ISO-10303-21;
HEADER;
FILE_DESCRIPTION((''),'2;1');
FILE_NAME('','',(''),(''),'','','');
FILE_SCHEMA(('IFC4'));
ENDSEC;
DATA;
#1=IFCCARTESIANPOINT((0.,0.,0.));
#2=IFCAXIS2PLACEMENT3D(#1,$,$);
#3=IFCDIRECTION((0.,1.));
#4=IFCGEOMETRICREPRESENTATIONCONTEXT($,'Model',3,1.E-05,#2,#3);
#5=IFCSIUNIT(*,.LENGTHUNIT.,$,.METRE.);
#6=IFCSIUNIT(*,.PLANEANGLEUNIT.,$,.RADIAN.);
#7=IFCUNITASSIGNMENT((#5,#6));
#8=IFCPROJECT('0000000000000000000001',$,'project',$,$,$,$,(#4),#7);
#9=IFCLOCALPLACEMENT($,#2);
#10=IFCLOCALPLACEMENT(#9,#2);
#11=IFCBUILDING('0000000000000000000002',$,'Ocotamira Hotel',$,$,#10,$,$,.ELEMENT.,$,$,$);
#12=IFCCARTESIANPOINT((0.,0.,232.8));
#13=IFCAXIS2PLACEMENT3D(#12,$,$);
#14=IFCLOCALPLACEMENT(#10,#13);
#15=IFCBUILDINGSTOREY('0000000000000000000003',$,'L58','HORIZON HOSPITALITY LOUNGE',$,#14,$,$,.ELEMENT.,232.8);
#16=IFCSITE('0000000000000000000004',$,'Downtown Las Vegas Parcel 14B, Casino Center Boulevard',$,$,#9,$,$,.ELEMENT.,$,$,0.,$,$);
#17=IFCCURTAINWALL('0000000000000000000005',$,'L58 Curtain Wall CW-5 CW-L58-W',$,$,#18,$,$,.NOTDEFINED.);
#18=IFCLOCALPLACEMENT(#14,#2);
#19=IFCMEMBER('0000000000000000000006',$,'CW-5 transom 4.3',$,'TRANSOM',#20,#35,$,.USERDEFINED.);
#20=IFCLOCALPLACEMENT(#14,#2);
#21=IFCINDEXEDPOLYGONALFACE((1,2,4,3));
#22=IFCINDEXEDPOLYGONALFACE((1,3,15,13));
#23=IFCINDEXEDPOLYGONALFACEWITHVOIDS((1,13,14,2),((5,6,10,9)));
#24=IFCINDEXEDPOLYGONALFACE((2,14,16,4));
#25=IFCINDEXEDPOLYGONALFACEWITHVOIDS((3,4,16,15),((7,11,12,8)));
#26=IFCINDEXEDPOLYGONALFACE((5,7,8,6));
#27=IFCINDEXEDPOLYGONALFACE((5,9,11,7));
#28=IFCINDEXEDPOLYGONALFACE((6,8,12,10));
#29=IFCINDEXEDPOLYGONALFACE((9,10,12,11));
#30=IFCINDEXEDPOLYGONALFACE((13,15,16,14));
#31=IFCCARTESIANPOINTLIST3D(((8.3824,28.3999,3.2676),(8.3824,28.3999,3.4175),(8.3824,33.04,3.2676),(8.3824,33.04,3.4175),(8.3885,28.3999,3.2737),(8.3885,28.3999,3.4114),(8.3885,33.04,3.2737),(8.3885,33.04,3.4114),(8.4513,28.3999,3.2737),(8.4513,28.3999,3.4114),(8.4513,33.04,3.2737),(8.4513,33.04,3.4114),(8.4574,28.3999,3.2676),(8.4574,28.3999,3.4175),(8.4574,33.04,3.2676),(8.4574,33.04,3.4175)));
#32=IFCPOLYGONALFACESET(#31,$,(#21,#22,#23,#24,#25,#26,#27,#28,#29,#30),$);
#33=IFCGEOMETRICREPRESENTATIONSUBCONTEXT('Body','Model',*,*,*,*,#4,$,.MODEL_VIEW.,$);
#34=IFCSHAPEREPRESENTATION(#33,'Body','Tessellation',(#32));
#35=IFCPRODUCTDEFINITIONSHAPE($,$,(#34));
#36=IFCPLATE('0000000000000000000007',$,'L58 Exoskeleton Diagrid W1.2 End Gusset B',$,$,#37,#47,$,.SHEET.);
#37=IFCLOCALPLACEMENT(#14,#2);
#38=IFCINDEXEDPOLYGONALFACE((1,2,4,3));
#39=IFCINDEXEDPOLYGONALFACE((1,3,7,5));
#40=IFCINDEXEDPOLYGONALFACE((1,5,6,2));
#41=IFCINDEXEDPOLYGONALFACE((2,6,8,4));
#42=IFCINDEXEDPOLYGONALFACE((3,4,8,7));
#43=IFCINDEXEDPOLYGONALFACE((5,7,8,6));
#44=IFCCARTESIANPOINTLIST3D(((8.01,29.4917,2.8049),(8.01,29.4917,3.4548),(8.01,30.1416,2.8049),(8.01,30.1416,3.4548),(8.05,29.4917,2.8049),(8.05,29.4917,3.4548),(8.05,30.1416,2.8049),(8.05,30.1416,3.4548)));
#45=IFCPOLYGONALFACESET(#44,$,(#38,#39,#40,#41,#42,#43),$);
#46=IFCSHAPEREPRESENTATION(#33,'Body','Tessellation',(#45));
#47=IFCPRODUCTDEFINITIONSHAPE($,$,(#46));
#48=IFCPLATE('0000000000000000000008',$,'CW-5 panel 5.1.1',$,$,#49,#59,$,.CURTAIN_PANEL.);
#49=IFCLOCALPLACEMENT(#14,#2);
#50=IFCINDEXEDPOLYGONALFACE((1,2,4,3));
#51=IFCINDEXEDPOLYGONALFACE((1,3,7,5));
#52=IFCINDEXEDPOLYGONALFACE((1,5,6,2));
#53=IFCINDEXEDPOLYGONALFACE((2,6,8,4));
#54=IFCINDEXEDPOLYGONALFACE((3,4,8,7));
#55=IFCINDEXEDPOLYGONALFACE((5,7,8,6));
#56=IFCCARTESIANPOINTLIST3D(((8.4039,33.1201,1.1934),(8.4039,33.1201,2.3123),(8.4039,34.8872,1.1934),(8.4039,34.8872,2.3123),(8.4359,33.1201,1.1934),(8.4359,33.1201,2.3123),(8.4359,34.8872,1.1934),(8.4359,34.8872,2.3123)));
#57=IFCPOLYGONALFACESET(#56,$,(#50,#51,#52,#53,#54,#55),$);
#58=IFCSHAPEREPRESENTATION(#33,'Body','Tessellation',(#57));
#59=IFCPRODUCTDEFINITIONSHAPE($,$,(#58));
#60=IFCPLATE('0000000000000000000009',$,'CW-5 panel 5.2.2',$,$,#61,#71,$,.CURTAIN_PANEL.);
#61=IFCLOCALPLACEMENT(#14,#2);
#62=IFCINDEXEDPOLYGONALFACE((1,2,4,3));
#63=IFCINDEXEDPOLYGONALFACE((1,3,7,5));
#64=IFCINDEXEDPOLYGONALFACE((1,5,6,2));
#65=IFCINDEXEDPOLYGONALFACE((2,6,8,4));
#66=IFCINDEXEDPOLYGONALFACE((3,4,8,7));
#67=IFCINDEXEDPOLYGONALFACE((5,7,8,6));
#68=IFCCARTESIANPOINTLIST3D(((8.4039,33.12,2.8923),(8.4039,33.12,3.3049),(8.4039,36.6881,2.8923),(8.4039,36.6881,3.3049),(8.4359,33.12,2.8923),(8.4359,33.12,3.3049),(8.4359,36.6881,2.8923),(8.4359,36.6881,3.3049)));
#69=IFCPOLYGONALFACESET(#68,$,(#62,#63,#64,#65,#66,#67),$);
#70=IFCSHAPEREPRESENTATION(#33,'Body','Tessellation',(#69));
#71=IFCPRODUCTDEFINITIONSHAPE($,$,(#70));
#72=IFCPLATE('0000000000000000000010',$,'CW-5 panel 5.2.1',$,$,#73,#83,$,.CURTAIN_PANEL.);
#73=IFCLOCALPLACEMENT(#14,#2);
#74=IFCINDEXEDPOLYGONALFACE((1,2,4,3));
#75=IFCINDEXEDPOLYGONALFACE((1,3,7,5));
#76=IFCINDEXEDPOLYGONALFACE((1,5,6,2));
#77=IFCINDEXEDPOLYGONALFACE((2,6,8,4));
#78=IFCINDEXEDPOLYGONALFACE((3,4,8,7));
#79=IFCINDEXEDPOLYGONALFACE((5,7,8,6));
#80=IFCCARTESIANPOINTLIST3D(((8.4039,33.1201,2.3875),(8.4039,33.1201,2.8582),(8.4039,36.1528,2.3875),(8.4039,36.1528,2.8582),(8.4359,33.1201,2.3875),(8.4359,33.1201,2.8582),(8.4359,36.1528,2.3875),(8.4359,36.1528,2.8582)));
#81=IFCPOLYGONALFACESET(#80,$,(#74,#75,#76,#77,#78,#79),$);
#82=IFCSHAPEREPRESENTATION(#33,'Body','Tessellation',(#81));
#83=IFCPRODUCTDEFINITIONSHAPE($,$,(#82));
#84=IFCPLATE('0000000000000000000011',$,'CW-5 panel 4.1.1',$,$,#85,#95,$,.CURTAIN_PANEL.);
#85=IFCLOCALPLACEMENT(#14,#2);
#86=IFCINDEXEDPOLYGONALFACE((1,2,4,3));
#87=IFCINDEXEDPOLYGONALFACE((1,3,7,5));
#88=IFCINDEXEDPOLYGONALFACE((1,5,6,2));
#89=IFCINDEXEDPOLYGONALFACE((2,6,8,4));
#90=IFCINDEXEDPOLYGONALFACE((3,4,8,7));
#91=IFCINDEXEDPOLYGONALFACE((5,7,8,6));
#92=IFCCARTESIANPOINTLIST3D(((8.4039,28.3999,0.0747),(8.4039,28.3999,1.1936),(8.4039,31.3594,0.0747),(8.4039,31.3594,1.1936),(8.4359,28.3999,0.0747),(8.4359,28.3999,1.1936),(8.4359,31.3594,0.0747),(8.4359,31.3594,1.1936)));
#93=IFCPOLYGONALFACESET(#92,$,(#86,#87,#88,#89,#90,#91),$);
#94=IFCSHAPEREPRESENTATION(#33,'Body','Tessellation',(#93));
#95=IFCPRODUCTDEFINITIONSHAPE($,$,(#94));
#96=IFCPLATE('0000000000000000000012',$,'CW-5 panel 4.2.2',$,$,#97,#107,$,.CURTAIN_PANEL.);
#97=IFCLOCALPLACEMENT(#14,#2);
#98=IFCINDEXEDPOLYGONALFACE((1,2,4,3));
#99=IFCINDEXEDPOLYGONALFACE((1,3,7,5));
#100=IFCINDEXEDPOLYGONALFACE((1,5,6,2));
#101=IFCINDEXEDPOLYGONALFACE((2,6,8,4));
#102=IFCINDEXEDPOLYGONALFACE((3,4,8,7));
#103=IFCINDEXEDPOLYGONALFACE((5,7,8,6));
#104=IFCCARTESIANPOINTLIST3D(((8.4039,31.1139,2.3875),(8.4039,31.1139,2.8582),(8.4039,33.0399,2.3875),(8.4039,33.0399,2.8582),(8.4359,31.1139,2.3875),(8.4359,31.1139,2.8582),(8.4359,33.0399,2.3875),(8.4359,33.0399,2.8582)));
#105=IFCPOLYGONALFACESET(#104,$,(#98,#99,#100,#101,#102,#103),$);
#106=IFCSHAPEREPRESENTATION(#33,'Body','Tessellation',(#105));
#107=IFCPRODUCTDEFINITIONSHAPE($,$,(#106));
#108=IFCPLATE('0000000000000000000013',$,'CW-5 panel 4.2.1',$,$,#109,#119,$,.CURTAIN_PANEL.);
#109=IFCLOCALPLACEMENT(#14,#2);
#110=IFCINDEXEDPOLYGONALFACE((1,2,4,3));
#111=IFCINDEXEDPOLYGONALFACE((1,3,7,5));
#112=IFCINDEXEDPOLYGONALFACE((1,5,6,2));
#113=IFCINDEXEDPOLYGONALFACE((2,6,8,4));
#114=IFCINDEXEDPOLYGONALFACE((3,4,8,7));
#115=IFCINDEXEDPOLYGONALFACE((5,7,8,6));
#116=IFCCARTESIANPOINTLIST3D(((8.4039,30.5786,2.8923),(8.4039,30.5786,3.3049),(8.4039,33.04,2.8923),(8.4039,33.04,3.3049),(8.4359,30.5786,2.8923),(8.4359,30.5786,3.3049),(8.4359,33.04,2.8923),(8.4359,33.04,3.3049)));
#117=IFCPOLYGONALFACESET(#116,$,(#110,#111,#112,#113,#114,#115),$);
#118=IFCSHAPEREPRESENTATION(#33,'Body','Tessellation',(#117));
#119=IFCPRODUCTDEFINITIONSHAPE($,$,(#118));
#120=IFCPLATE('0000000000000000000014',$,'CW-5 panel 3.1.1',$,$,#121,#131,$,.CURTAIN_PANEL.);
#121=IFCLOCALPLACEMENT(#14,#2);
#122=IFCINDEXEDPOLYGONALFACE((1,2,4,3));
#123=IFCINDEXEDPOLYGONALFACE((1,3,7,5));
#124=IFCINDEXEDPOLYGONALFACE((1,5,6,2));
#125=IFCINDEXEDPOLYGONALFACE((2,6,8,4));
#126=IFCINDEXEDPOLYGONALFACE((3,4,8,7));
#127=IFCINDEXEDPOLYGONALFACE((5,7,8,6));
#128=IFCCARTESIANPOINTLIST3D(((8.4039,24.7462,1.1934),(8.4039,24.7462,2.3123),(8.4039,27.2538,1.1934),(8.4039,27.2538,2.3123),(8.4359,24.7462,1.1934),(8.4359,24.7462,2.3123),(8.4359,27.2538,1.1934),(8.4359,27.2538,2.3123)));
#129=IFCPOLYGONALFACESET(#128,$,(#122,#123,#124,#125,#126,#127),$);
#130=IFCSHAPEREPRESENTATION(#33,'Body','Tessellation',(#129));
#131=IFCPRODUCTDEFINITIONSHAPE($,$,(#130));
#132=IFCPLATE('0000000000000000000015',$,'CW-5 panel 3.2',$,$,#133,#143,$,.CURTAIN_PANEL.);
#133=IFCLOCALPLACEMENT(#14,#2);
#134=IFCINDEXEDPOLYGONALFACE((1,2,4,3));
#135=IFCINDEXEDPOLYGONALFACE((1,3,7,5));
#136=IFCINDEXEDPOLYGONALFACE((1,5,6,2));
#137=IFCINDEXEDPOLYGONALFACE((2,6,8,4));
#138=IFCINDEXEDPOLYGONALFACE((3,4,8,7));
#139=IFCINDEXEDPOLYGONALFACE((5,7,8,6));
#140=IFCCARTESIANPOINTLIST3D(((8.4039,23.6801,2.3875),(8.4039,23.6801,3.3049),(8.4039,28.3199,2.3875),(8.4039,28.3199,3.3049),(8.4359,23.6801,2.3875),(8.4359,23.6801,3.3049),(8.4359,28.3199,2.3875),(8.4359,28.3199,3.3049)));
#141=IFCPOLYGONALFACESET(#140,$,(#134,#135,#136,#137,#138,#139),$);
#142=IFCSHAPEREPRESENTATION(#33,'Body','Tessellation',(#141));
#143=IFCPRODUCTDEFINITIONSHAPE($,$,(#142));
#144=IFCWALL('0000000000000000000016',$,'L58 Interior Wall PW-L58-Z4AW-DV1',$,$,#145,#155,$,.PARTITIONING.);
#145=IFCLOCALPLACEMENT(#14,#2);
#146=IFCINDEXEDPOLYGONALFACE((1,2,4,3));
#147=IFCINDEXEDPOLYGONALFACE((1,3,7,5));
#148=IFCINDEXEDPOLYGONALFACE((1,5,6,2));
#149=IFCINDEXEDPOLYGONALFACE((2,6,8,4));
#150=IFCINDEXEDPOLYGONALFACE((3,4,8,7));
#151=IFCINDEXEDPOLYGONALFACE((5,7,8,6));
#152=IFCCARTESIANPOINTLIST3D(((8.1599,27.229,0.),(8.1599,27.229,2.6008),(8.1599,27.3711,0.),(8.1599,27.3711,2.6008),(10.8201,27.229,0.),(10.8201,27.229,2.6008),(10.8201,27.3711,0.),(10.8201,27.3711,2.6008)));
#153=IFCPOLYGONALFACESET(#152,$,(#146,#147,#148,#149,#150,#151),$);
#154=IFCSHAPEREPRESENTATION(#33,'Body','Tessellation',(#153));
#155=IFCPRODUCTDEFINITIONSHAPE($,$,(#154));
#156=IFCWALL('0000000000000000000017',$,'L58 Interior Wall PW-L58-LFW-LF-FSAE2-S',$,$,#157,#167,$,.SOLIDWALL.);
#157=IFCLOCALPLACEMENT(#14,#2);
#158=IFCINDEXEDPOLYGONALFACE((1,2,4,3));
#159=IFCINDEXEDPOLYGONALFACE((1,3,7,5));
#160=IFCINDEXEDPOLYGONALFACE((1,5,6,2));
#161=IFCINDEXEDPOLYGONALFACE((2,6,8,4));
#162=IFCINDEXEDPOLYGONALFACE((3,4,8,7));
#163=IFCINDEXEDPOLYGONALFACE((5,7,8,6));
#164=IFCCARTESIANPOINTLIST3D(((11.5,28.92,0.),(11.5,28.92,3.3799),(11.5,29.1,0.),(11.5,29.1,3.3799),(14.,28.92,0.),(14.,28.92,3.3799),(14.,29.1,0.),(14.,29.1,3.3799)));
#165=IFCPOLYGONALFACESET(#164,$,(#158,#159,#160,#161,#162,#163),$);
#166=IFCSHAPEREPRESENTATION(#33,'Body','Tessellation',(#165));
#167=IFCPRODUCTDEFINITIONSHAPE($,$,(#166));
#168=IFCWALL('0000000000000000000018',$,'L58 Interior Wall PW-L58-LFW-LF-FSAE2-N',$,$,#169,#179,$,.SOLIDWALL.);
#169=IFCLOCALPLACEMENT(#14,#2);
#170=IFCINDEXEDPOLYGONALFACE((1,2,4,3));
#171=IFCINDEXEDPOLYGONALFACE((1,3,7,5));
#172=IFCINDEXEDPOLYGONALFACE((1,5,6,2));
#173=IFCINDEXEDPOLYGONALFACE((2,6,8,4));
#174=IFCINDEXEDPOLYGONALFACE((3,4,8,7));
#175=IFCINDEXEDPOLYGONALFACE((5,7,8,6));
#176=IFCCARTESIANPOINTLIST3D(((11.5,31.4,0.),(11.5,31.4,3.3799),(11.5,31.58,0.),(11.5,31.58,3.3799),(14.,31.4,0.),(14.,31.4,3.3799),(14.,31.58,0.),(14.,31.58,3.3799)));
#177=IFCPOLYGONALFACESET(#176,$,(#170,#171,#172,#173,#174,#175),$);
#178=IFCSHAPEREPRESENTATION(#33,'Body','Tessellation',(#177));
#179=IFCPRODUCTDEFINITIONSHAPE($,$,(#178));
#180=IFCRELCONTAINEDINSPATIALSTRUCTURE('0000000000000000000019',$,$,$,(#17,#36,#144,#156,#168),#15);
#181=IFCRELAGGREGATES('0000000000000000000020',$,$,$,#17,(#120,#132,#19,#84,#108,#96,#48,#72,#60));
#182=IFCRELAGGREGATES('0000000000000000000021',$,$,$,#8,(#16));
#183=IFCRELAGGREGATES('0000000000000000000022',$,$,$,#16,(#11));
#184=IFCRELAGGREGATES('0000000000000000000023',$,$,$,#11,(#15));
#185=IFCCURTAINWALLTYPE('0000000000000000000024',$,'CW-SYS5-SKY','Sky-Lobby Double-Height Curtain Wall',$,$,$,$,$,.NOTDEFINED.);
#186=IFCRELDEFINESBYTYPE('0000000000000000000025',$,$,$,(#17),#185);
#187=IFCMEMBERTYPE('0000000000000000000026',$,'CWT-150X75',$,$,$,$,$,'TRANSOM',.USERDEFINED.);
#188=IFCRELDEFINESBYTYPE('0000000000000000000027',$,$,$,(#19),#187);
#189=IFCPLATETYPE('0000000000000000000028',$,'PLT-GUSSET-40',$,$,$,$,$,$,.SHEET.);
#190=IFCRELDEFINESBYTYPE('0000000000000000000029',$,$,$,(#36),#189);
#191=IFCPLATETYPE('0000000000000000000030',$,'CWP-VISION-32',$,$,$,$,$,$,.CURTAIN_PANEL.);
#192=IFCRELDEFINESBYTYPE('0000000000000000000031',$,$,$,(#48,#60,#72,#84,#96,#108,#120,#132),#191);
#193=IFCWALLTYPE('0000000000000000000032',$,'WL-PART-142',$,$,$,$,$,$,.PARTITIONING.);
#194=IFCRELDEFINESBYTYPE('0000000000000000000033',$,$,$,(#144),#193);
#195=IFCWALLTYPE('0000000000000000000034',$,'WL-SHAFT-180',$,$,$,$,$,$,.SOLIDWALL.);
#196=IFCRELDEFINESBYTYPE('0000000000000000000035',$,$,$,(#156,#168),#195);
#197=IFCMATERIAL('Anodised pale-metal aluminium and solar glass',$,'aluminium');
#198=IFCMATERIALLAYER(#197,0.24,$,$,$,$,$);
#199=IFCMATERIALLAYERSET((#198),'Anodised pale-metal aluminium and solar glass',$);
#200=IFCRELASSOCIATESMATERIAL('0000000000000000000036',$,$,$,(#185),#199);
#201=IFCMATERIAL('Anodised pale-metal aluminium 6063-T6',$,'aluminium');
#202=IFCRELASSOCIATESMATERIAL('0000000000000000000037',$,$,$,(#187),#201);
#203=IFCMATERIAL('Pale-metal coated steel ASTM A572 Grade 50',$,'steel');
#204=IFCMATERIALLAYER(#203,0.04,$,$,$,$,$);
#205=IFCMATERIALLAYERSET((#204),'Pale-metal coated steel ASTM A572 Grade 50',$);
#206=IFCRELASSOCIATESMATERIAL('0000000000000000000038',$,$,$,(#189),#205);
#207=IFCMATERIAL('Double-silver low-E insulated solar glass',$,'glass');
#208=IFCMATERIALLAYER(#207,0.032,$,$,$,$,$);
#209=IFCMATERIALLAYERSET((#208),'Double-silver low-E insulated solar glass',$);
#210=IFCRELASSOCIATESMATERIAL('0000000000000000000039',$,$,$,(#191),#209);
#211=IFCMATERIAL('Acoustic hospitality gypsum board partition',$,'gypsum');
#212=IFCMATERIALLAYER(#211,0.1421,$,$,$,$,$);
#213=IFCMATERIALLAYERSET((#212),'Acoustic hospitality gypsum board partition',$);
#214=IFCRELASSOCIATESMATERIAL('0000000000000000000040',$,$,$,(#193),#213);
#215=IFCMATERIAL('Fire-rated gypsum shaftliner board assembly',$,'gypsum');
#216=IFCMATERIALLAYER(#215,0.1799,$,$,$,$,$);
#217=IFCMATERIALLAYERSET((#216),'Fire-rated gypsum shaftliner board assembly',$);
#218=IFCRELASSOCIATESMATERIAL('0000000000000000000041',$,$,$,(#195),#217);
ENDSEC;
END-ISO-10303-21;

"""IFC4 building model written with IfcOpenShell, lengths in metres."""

from ifc_helpers import new_model, si_unit, direction, frame, frame_2d, origin, origin_2d, place, context, subcontext, project, spatial, rectangle, hollow_rectangle, extrude, source, transform, mapped, material, layer, layer_set, material_profile, profile_set, type_object, element, aggregate, save


model = new_model("IFC4")

# Units and contexts
model_context = context("Model", 3, precision=1e-05, world=origin(), true_north=direction((0.0, 1.0)))
body_context = subcontext(model_context, "Body", "Model", "MODEL_VIEW")
ifc_project = project(units=[si_unit("LENGTHUNIT", "METRE"), si_unit("PLANEANGLEUNIT", "RADIAN")], contexts=[model_context])

# Site, building, storey
site_placement = place(None, origin())
site = spatial("IfcSite", under=ifc_project, at=site_placement, Name="Downtown Las Vegas Parcel 14B, Casino Center Boulevard", CompositionType="ELEMENT", RefElevation=0.0)
building_placement = place(site_placement, origin())
building = spatial("IfcBuilding", under=site, at=building_placement, Name="Ocotamira Hotel", CompositionType="ELEMENT")
storey_placement = place(building_placement, frame((0.0, 0.0, 232.8)))
storey = spatial("IfcBuildingStorey", under=building, at=storey_placement, Name="L58", Description="HORIZON HOSPITALITY LOUNGE", CompositionType="ELEMENT", Elevation=232.8)

# Curtain wall, member
ifc_material_1 = material(Name="Anodised pale-metal aluminium and solar glass", Category="aluminium")
ifc_layer_1 = layer(ifc_material_1, 0.24)
ifc_layer_set_1 = layer_set([ifc_layer_1], Name="Anodised pale-metal aluminium and solar glass")
curtain_wall_type = type_object("IfcCurtainWallType", Name="CW-SYS5-SKY", Description="Sky-Lobby Double-Height Curtain Wall", PredefinedType="NOTDEFINED", material=ifc_layer_set_1)
curtain_wall_placement = place(storey_placement, origin())
curtain_wall = element("IfcCurtainWall", 1, at=curtain_wall_placement, inside=storey, type_object=curtain_wall_type, Name="L58 Curtain Wall CW-5 CW-L58-W", PredefinedType="NOTDEFINED")
ifc_material_2 = material(Name="Anodised pale-metal aluminium 6063-T6", Category="aluminium")
ifc_material_profile_1 = material_profile(ifc_material_2, hollow_rectangle(XDim=0.075, YDim=0.1499, WallThickness=0.0061, at=origin_2d()), Name="HSS150X75X6")
ifc_profile_set_1 = profile_set([ifc_material_profile_1], Name="Anodised pale-metal aluminium 6063-T6")
member_type_1 = type_object("IfcMemberType", Name="CWT-150X75", ElementType="TRANSOM", PredefinedType="USERDEFINED", material=ifc_profile_set_1)
shared_shape_1 = source(origin(), body_context, "Body", "SweptSolid", [
    extrude(hollow_rectangle(XDim=0.075, YDim=0.1499, WallThickness=0.0061, at=origin_2d()), origin(), (0.0, 0.0, 1.0), 4.6401),
])
member_1_placement = place(storey_placement, frame((8.4199, 28.3999, 3.3425), z_axis=(0.0, 1.0, 0.0), x_axis=(-1.0, 0.0, 0.0)))
member_1 = element("IfcMember", 2, at=member_1_placement, type_object=member_type_1, Name="CW-5 transom 4.3", ObjectType="TRANSOM", PredefinedType="USERDEFINED", context=body_context, shape_type="MappedRepresentation", body=[
    mapped(shared_shape_1, transform((0.0, 0.0, 0.0), scale=1.0)),
])

# Plates
ifc_material_3 = material(Name="Pale-metal coated steel ASTM A572 Grade 50", Category="steel")
ifc_layer_2 = layer(ifc_material_3, 0.04)
ifc_layer_set_2 = layer_set([ifc_layer_2], Name="Pale-metal coated steel ASTM A572 Grade 50")
plate_type_1 = type_object("IfcPlateType", Name="PLT-GUSSET-40", PredefinedType="SHEET", material=ifc_layer_set_2)
shared_shape_2 = source(origin(), body_context, "Body", "SweptSolid", [
    extrude(rectangle(XDim=0.04, YDim=0.6499, at=origin_2d()), origin(), (0.0, 0.0, 1.0), 0.6499),
])
plate_1_placement = place(storey_placement, frame((8.03, 29.8167, 2.8049), z_axis=(0.0, 0.0, 1.0), x_axis=(1.0, 0.0, 0.0)))
element("IfcPlate", 3, at=plate_1_placement, inside=storey, type_object=plate_type_1, Name="L58 Exoskeleton Diagrid W1.2 End Gusset B", PredefinedType="SHEET", context=body_context, shape_type="MappedRepresentation", body=[
    mapped(shared_shape_2, transform((0.0, 0.0, 0.0), scale=1.0)),
])
ifc_material_4 = material(Name="Double-silver low-E insulated solar glass", Category="glass")
ifc_layer_3 = layer(ifc_material_4, 0.032)
ifc_layer_set_3 = layer_set([ifc_layer_3], Name="Double-silver low-E insulated solar glass")
plate_type_2 = type_object("IfcPlateType", Name="CWP-VISION-32", PredefinedType="CURTAIN_PANEL", material=ifc_layer_set_3)
shared_shape_3 = source(origin(), body_context, "Body", "SweptSolid", [
    extrude(rectangle(XDim=1.7671, YDim=0.032, at=origin_2d()), origin(), (0.0, 0.0, 1.0), 1.1189),
])
plate_2_placement = place(storey_placement, frame((8.4199, 34.0037, 1.1934), z_axis=(0.0, 0.0, 1.0), x_axis=(0.0, 1.0, 0.0)))
plate_2 = element("IfcPlate", 4, at=plate_2_placement, type_object=plate_type_2, Name="CW-5 panel 5.1.1", PredefinedType="CURTAIN_PANEL", context=body_context, shape_type="MappedRepresentation", body=[
    mapped(shared_shape_3, transform((0.0, 0.0, 0.0), scale=1.0)),
])
shared_shape_4 = source(origin(), body_context, "Body", "SweptSolid", [
    extrude(rectangle(XDim=3.5681, YDim=0.032, at=origin_2d()), origin(), (0.0, 0.0, 1.0), 0.4126),
])
plate_3_placement = place(storey_placement, frame((8.4199, 34.9041, 2.8923), z_axis=(0.0, 0.0, 1.0), x_axis=(0.0, 1.0, 0.0)))
plate_3 = element("IfcPlate", 5, at=plate_3_placement, type_object=plate_type_2, Name="CW-5 panel 5.2.2", PredefinedType="CURTAIN_PANEL", context=body_context, shape_type="MappedRepresentation", body=[
    mapped(shared_shape_4, transform((0.0, 0.0, 0.0), scale=1.0)),
])
shared_shape_5 = source(origin(), body_context, "Body", "SweptSolid", [
    extrude(rectangle(XDim=3.0327, YDim=0.032, at=origin_2d()), origin(), (0.0, 0.0, 1.0), 0.4707),
])
plate_4_placement = place(storey_placement, frame((8.4199, 34.6365, 2.3875), z_axis=(0.0, 0.0, 1.0), x_axis=(0.0, 1.0, 0.0)))
plate_4 = element("IfcPlate", 6, at=plate_4_placement, type_object=plate_type_2, Name="CW-5 panel 5.2.1", PredefinedType="CURTAIN_PANEL", context=body_context, shape_type="MappedRepresentation", body=[
    mapped(shared_shape_5, transform((0.0, 0.0, 0.0), scale=1.0)),
])
shared_shape_6 = source(origin(), body_context, "Body", "SweptSolid", [
    extrude(rectangle(XDim=2.9595, YDim=0.032, at=origin_2d()), origin(), (0.0, 0.0, 1.0), 1.1189),
])
plate_5_placement = place(storey_placement, frame((8.4199, 29.8796, 0.0747), z_axis=(0.0, 0.0, 1.0), x_axis=(0.0, 1.0, 0.0)))
plate_5 = element("IfcPlate", 7, at=plate_5_placement, type_object=plate_type_2, Name="CW-5 panel 4.1.1", PredefinedType="CURTAIN_PANEL", context=body_context, shape_type="MappedRepresentation", body=[
    mapped(shared_shape_6, transform((0.0, 0.0, 0.0), scale=1.0)),
])
shared_shape_7 = source(origin(), body_context, "Body", "SweptSolid", [
    extrude(rectangle(XDim=1.926, YDim=0.032, at=origin_2d()), origin(), (0.0, 0.0, 1.0), 0.4707),
])
plate_6_placement = place(storey_placement, frame((8.4199, 32.0769, 2.3875), z_axis=(0.0, 0.0, 1.0), x_axis=(0.0, 1.0, 0.0)))
plate_6 = element("IfcPlate", 8, at=plate_6_placement, type_object=plate_type_2, Name="CW-5 panel 4.2.2", PredefinedType="CURTAIN_PANEL", context=body_context, shape_type="MappedRepresentation", body=[
    mapped(shared_shape_7, transform((0.0, 0.0, 0.0), scale=1.0)),
])
shared_shape_8 = source(origin(), body_context, "Body", "SweptSolid", [
    extrude(rectangle(XDim=2.4614, YDim=0.032, at=origin_2d()), origin(), (0.0, 0.0, 1.0), 0.4126),
])
plate_7_placement = place(storey_placement, frame((8.4199, 31.8093, 2.8923), z_axis=(0.0, 0.0, 1.0), x_axis=(0.0, 1.0, 0.0)))
plate_7 = element("IfcPlate", 9, at=plate_7_placement, type_object=plate_type_2, Name="CW-5 panel 4.2.1", PredefinedType="CURTAIN_PANEL", context=body_context, shape_type="MappedRepresentation", body=[
    mapped(shared_shape_8, transform((0.0, 0.0, 0.0), scale=1.0)),
])
shared_shape_9 = source(origin(), body_context, "Body", "SweptSolid", [
    extrude(rectangle(XDim=2.5076, YDim=0.032, at=origin_2d()), origin(), (0.0, 0.0, 1.0), 1.1189),
])
plate_8_placement = place(storey_placement, frame((8.4199, 26.0, 1.1934), z_axis=(0.0, 0.0, 1.0), x_axis=(0.0, 1.0, 0.0)))
plate_8 = element("IfcPlate", 10, at=plate_8_placement, type_object=plate_type_2, Name="CW-5 panel 3.1.1", PredefinedType="CURTAIN_PANEL", context=body_context, shape_type="MappedRepresentation", body=[
    mapped(shared_shape_9, transform((0.0, 0.0, 0.0), scale=1.0)),
])
shared_shape_10 = source(origin(), body_context, "Body", "SweptSolid", [
    extrude(rectangle(XDim=4.6399, YDim=0.032, at=origin_2d()), origin(), (0.0, 0.0, 1.0), 0.9175),
])
plate_9_placement = place(storey_placement, frame((8.4199, 26.0, 2.3875), z_axis=(0.0, 0.0, 1.0), x_axis=(0.0, 1.0, 0.0)))
plate_9 = element("IfcPlate", 11, at=plate_9_placement, type_object=plate_type_2, Name="CW-5 panel 3.2", PredefinedType="CURTAIN_PANEL", context=body_context, shape_type="MappedRepresentation", body=[
    mapped(shared_shape_10, transform((0.0, 0.0, 0.0), scale=1.0)),
])
aggregate(curtain_wall, [plate_8, plate_9, member_1, plate_5, plate_7, plate_6, plate_2, plate_4, plate_3])

# Walls
ifc_material_5 = material(Name="Acoustic hospitality gypsum board partition", Category="gypsum")
ifc_layer_4 = layer(ifc_material_5, 0.1421)
ifc_layer_set_4 = layer_set([ifc_layer_4], Name="Acoustic hospitality gypsum board partition")
wall_type_1 = type_object("IfcWallType", Name="WL-PART-142", PredefinedType="PARTITIONING", material=ifc_layer_set_4)
wall_1_placement = place(storey_placement, frame((8.1599, 27.3, 0.0), z_axis=(0.0, 0.0, 1.0), x_axis=(1.0, 0.0, 0.0)))
element("IfcWall", 12, at=wall_1_placement, inside=storey, type_object=wall_type_1, Name="L58 Interior Wall PW-L58-Z4AW-DV1", PredefinedType="PARTITIONING", context=body_context, shape_type="SweptSolid", body=[
    extrude(rectangle(XDim=2.6602, YDim=0.1421, at=frame_2d((1.3301, 0.0))), origin(), (0.0, 0.0, 1.0), 2.6008),
])
ifc_material_6 = material(Name="Fire-rated gypsum shaftliner board assembly", Category="gypsum")
ifc_layer_5 = layer(ifc_material_6, 0.1799)
ifc_layer_set_5 = layer_set([ifc_layer_5], Name="Fire-rated gypsum shaftliner board assembly")
wall_type_2 = type_object("IfcWallType", Name="WL-SHAFT-180", PredefinedType="SOLIDWALL", material=ifc_layer_set_5)
for number, where, z_axis, x_axis, name in (
    (13, (11.5, 29.01, 0.0), (0.0, 0.0, 1.0), (1.0, 0.0, 0.0), "L58 Interior Wall PW-L58-LFW-LF-FSAE2-S"),
    (14, (11.5, 31.49, 0.0), (0.0, 0.0, 1.0), (1.0, 0.0, 0.0), "L58 Interior Wall PW-L58-LFW-LF-FSAE2-N"),
):
    element("IfcWall", number, at=place(storey_placement, frame(where, z_axis=z_axis, x_axis=x_axis)), inside=storey, type_object=wall_type_2, Name=name, PredefinedType="SOLIDWALL", context=body_context, shape_type="SweptSolid", body=[
        extrude(rectangle(XDim=2.5, YDim=0.1799, at=frame_2d((1.25, 0.0))), origin(), (0.0, 0.0, 1.0), 3.3799),
    ])

save(model, "model.ifc")
